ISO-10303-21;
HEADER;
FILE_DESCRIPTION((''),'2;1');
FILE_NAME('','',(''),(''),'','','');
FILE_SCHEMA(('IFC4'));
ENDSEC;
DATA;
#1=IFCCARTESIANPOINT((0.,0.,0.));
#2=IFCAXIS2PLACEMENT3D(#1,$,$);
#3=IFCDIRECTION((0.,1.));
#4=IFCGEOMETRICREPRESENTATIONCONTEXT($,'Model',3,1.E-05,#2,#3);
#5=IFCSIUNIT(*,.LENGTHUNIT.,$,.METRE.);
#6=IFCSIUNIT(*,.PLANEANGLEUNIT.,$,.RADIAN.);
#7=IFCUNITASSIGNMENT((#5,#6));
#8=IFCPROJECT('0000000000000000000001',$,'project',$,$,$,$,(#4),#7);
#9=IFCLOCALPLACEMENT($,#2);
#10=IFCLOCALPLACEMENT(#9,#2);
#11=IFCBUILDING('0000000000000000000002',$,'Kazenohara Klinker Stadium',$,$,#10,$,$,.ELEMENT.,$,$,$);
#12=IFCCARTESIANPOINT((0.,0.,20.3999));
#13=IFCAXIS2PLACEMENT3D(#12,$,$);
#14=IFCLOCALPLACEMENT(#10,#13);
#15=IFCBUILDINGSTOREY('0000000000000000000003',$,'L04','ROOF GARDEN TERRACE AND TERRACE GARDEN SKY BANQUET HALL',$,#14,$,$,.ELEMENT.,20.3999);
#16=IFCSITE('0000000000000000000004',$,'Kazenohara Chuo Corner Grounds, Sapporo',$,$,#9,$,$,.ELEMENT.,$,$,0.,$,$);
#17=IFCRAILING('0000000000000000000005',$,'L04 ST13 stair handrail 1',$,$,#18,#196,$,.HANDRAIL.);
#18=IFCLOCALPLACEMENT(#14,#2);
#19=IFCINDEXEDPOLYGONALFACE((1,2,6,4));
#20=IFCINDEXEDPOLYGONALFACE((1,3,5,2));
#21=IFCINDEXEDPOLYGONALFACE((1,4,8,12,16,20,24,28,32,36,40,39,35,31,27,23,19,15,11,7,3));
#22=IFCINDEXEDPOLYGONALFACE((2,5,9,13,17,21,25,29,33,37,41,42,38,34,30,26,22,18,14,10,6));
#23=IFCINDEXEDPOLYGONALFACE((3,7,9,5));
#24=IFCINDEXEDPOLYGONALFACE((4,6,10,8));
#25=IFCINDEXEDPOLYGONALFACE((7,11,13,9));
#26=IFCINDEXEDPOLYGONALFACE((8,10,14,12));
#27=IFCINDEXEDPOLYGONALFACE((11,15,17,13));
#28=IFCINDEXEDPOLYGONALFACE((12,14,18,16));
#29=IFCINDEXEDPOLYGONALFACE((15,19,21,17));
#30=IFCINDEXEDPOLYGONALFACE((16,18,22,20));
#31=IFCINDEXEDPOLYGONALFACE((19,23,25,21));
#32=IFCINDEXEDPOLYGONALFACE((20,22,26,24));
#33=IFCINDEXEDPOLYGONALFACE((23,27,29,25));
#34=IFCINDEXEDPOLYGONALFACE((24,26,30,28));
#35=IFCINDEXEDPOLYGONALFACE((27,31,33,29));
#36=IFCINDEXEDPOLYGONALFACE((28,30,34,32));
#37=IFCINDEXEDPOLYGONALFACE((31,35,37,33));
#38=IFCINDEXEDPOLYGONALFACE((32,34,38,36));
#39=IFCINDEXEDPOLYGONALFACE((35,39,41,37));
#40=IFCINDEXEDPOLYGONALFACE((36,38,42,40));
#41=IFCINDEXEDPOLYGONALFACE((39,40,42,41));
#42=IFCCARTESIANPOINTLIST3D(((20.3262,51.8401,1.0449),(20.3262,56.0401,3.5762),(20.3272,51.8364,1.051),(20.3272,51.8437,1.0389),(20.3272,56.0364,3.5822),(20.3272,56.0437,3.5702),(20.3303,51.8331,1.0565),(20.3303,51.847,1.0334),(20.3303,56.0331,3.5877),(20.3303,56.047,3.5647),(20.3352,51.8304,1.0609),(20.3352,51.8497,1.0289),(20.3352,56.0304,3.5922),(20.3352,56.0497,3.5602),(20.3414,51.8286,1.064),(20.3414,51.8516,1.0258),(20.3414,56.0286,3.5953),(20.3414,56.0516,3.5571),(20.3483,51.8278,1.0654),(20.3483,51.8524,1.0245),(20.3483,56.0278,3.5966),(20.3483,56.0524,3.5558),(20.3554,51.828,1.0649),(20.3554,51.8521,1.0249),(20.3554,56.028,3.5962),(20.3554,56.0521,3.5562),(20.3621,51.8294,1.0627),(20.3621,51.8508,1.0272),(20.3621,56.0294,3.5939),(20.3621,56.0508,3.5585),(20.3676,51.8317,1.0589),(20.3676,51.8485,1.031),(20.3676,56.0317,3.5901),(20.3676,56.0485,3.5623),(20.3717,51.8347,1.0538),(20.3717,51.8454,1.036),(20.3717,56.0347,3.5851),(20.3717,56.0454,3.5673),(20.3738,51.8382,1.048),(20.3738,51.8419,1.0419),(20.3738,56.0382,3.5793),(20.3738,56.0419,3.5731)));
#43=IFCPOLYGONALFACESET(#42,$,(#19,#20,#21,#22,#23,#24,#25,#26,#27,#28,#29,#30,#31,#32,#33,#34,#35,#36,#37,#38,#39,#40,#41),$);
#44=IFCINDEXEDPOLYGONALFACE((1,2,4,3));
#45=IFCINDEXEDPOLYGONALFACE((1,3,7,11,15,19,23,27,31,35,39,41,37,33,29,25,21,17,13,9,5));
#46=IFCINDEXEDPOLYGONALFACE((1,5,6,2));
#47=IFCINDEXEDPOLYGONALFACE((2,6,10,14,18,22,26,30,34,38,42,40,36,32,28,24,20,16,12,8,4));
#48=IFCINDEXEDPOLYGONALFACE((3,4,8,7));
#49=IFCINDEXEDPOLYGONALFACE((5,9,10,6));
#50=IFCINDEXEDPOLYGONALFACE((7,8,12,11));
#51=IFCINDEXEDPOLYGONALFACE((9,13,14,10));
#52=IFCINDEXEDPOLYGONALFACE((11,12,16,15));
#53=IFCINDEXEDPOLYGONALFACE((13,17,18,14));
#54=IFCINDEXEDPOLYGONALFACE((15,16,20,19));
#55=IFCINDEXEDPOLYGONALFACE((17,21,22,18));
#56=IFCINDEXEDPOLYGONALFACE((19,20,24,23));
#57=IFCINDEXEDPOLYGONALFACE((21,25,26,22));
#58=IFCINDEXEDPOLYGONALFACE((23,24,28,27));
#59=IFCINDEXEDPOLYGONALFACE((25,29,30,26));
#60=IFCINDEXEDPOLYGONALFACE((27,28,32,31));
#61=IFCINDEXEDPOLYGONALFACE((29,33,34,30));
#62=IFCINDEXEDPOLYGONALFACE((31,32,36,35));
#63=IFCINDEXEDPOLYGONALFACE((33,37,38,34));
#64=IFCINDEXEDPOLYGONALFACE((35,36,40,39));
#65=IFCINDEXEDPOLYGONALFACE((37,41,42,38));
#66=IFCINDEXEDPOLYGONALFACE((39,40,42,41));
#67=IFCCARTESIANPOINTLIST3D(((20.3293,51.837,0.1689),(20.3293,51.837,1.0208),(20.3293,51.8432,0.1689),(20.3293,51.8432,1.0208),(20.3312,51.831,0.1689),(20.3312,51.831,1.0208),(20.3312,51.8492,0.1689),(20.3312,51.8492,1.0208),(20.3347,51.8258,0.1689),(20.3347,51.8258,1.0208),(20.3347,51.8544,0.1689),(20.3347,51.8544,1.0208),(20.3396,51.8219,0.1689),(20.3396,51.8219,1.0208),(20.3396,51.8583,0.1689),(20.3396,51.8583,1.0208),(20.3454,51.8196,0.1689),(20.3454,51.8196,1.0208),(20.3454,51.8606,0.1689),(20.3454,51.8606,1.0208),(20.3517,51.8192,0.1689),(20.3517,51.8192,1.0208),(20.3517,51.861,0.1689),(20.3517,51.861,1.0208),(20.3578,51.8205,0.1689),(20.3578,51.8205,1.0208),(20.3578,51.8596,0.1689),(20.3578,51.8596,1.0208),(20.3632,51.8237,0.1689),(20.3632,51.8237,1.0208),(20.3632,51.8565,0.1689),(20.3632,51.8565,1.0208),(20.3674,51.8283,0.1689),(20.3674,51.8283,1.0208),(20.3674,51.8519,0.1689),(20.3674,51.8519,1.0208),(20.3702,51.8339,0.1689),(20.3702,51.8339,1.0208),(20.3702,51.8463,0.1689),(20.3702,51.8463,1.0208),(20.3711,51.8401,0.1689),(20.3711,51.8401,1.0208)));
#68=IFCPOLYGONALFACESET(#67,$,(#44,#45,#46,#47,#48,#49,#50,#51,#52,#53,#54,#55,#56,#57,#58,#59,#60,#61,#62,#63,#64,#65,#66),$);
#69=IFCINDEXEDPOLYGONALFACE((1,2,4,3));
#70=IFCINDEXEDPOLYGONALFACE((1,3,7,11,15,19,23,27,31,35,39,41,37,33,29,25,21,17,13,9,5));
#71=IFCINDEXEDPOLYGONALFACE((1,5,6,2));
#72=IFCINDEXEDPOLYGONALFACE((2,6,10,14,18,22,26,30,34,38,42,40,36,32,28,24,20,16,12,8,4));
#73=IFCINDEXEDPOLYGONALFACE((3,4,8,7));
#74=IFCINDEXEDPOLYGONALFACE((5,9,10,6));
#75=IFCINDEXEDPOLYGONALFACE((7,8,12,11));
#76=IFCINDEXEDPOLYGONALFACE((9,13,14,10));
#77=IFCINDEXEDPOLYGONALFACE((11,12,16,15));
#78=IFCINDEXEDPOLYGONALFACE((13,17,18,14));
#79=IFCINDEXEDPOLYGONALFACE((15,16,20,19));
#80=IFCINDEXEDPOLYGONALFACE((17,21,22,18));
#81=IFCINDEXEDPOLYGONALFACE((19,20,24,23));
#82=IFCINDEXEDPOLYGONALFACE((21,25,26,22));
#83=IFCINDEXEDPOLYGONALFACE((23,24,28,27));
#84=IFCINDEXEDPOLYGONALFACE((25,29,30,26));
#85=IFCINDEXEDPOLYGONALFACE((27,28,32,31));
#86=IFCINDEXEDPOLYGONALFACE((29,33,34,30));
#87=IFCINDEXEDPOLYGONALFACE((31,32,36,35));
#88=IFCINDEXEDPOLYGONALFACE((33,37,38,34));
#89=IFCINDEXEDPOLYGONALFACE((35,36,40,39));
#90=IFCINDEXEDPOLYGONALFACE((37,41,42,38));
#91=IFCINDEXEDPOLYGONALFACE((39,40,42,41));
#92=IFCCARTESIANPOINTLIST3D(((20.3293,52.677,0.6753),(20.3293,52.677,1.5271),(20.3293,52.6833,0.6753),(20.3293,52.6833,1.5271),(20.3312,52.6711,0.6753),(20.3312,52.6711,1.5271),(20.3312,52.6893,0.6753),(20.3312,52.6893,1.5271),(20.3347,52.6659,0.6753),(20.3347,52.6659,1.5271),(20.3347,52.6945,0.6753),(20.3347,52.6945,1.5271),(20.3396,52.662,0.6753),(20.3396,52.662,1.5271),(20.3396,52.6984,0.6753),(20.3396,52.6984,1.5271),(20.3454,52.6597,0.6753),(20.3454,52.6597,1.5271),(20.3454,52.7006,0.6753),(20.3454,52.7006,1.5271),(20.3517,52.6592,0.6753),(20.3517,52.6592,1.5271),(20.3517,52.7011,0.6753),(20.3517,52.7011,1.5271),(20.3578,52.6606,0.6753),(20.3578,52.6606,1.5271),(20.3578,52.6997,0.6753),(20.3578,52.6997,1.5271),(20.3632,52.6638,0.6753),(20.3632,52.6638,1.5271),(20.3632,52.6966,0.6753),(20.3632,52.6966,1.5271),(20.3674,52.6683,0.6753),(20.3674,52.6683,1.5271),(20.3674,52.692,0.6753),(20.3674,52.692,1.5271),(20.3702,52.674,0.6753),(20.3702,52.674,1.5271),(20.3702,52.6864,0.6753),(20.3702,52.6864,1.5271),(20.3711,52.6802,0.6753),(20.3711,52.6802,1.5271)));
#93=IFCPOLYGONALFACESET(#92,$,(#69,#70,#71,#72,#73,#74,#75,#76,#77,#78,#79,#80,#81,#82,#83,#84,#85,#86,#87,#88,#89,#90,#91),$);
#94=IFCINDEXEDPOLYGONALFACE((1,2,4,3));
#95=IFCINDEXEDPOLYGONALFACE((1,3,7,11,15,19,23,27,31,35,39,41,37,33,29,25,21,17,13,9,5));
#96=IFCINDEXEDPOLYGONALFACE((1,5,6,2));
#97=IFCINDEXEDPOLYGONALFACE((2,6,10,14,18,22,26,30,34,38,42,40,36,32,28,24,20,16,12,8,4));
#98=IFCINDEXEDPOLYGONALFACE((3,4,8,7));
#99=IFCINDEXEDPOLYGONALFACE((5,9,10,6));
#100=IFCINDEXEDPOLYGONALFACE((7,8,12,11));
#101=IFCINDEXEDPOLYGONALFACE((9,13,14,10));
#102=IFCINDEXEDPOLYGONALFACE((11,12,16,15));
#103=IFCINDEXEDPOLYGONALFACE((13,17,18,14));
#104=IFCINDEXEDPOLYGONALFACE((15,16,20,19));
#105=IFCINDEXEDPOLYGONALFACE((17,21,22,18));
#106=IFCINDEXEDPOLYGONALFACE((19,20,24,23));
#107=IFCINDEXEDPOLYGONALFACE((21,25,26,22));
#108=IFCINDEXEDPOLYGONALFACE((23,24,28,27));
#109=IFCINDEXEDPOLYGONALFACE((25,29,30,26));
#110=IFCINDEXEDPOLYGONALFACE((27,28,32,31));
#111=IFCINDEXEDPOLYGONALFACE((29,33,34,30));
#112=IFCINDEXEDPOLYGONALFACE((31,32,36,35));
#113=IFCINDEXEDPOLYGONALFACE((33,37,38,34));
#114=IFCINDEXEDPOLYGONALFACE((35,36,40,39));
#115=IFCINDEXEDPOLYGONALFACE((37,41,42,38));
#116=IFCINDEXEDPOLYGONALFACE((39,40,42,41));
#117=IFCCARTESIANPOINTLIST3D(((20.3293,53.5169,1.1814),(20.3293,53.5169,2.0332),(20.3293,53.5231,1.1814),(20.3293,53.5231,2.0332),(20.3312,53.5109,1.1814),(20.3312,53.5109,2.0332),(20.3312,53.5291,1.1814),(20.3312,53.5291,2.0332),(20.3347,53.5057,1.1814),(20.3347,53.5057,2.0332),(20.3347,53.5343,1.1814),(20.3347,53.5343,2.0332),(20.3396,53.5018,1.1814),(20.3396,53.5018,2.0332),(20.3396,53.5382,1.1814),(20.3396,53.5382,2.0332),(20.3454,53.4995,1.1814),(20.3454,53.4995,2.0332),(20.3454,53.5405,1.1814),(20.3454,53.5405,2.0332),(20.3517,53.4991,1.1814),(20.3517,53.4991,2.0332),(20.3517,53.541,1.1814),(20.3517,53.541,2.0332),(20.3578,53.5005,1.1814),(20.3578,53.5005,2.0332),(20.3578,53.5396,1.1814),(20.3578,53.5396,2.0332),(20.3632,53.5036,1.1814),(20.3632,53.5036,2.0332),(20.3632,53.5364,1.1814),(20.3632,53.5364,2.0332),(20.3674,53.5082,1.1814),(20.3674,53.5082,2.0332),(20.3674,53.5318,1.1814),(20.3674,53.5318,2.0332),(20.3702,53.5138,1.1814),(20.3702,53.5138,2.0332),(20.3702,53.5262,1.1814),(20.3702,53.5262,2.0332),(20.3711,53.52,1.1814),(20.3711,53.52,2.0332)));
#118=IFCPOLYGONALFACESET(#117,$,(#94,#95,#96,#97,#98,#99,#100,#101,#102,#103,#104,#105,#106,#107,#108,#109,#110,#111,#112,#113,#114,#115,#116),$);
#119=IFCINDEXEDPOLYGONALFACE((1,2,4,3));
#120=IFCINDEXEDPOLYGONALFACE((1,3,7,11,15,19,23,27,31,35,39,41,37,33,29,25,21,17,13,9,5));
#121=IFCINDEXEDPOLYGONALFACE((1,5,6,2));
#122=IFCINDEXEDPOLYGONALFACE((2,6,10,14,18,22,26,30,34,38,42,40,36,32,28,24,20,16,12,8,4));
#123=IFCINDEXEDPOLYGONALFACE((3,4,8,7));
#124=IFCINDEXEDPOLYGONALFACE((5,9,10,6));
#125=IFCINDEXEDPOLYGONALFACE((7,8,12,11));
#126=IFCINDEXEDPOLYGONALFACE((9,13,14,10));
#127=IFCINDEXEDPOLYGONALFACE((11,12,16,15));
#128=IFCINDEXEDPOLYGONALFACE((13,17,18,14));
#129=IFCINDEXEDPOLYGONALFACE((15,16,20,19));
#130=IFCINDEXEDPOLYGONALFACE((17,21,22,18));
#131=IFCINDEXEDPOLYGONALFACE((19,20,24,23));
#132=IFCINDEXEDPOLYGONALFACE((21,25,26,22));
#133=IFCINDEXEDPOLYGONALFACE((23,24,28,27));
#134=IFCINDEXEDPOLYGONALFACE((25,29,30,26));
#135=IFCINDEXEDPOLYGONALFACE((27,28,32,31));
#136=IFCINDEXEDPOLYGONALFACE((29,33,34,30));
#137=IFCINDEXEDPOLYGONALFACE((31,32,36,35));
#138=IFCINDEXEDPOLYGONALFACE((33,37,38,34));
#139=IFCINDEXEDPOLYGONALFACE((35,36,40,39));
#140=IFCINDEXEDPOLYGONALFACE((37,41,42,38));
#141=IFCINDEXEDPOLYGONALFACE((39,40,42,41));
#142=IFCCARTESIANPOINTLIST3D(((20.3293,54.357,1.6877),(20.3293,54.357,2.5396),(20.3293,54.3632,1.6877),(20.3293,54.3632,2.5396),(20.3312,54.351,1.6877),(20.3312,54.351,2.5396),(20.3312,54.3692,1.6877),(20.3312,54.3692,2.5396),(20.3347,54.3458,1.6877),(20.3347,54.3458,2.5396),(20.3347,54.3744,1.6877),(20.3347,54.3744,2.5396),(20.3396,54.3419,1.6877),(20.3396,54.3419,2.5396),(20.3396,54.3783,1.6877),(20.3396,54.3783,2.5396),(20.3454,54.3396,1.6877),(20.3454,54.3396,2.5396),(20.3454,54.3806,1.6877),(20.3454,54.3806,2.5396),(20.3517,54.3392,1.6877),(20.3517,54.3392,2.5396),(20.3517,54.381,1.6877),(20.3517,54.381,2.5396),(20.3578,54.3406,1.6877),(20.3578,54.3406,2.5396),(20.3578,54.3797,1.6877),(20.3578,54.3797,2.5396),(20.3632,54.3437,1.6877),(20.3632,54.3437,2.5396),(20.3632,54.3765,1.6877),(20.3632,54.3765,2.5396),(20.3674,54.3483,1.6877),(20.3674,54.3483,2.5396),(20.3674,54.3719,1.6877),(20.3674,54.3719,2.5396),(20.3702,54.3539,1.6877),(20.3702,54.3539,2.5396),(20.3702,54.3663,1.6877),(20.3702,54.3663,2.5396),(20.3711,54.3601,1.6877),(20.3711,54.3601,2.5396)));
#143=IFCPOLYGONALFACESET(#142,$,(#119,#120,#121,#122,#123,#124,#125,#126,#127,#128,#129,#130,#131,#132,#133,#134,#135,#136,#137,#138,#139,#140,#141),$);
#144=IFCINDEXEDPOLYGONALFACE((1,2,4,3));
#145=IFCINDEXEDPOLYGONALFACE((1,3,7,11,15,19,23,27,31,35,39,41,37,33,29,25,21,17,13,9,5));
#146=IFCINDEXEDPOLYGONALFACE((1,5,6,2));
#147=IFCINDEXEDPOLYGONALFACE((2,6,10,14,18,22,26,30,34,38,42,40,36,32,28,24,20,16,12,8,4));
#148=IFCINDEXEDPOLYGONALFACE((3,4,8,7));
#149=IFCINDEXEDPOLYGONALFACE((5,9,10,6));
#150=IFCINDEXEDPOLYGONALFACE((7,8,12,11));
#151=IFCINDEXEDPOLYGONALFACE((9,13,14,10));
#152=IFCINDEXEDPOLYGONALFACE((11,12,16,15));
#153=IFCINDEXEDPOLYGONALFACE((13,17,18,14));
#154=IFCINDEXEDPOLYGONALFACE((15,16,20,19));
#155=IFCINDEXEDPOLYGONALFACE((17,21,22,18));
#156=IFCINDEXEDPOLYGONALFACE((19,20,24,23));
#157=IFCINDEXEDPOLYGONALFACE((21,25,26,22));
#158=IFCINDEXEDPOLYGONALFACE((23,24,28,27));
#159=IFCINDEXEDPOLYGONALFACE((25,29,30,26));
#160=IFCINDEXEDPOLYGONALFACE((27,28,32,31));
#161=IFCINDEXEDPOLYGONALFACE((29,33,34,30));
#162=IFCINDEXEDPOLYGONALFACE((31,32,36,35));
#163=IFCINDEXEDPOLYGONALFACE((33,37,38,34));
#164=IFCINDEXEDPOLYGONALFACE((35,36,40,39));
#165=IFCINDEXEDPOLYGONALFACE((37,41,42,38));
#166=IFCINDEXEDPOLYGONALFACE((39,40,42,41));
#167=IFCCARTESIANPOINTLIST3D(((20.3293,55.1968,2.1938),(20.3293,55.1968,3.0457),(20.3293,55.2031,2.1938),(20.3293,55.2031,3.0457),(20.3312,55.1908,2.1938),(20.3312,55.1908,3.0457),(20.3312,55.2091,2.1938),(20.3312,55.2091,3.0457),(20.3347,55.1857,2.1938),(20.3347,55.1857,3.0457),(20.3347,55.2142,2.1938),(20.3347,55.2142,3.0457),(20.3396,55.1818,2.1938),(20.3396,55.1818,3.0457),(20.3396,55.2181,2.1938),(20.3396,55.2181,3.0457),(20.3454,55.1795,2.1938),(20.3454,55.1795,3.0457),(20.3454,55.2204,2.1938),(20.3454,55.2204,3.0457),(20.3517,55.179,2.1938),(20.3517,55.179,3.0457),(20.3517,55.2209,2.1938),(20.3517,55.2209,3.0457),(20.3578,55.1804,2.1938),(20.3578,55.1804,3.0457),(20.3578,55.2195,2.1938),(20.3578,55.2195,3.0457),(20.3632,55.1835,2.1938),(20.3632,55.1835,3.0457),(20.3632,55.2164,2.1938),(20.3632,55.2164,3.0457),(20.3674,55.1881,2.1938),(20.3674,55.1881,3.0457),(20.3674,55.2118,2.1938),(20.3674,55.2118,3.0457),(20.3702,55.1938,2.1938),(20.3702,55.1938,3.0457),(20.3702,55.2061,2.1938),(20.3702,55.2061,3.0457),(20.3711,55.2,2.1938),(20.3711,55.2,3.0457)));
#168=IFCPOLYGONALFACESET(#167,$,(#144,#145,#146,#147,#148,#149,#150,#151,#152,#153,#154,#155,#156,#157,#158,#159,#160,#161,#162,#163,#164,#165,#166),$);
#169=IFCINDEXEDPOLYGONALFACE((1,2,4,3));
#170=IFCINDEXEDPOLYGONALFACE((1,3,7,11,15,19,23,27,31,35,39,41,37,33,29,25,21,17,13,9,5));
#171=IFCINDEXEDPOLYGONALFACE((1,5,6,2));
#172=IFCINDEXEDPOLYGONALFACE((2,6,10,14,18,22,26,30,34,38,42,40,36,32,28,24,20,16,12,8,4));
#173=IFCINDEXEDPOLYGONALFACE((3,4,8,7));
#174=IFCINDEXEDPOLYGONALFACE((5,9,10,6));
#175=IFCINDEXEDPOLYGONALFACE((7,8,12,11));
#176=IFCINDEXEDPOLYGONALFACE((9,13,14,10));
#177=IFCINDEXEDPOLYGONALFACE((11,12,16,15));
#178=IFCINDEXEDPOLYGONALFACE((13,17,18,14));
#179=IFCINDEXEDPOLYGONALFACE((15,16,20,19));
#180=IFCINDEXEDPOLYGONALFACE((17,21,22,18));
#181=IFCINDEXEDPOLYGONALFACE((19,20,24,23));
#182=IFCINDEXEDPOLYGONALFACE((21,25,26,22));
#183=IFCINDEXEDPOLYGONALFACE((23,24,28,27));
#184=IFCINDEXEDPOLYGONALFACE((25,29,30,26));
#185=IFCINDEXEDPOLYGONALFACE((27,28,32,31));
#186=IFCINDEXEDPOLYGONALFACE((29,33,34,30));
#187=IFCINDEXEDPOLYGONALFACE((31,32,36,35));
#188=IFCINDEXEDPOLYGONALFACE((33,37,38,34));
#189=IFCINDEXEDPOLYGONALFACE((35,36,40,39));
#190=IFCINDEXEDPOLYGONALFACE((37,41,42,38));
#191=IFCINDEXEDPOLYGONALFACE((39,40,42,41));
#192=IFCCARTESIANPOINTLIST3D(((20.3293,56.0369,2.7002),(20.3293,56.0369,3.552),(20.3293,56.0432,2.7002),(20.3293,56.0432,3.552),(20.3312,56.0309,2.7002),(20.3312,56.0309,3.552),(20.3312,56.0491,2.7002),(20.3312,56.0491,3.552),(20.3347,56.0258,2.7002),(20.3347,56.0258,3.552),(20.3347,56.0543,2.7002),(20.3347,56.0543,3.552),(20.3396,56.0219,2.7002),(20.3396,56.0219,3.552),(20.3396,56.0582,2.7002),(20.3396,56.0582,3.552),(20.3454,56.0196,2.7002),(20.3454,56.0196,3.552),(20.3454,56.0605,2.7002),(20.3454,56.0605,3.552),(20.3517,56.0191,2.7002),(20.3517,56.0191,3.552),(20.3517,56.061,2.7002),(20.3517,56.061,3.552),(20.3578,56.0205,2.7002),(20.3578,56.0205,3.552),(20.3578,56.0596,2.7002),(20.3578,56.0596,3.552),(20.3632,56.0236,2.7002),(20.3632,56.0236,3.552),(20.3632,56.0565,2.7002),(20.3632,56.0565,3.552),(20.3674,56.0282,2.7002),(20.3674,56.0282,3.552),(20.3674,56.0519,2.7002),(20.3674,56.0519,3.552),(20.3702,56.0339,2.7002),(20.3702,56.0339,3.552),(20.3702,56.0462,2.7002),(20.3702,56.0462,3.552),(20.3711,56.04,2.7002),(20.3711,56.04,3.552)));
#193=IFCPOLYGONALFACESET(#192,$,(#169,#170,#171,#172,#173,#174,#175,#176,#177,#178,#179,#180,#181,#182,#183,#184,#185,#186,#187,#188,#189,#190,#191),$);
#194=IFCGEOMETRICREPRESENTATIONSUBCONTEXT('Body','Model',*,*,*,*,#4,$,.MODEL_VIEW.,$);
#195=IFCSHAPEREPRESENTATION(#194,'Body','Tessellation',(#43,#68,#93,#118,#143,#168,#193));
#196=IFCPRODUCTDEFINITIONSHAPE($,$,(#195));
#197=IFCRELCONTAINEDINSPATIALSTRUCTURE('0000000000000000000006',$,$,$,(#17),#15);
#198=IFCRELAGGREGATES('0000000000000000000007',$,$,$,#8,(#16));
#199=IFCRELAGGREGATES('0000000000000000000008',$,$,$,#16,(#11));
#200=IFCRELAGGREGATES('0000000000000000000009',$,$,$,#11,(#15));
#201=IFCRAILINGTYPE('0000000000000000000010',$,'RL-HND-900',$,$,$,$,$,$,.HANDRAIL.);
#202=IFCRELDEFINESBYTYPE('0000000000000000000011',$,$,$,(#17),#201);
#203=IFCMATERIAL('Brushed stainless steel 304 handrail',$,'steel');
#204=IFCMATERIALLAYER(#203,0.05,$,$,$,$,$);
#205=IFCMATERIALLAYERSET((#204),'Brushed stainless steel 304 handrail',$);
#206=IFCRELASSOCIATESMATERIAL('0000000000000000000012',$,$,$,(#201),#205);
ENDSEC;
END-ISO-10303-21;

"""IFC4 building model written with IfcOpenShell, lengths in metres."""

from ifc_helpers import new_model, si_unit, direction, frame, origin, origin_2d, place, context, subcontext, project, spatial, circle, extrude, material, layer, layer_set, type_object, element, save


model = new_model("IFC4")

# Units and contexts
model_context = context("Model", 3, precision=1e-05, world=origin(), true_north=direction((0.0, 1.0)))
body_context = subcontext(model_context, "Body", "Model", "MODEL_VIEW")
ifc_project = project(units=[si_unit("LENGTHUNIT", "METRE"), si_unit("PLANEANGLEUNIT", "RADIAN")], contexts=[model_context])

# Site, building, storey
site_placement = place(None, origin())
site = spatial("IfcSite", under=ifc_project, at=site_placement, Name="Kazenohara Chuo Corner Grounds, Sapporo", CompositionType="ELEMENT", RefElevation=0.0)
building_placement = place(site_placement, origin())
building = spatial("IfcBuilding", under=site, at=building_placement, Name="Kazenohara Klinker Stadium", CompositionType="ELEMENT")
storey_placement = place(building_placement, frame((0.0, 0.0, 20.3999)))
storey = spatial("IfcBuildingStorey", under=building, at=storey_placement, Name="L04", Description="ROOF GARDEN TERRACE AND TERRACE GARDEN SKY BANQUET HALL", CompositionType="ELEMENT", Elevation=20.3999)

# Railing
ifc_material_1 = material(Name="Brushed stainless steel 304 handrail", Category="steel")
ifc_layer_1 = layer(ifc_material_1, 0.05)
ifc_layer_set_1 = layer_set([ifc_layer_1], Name="Brushed stainless steel 304 handrail")
railing_type_1 = type_object("IfcRailingType", Name="RL-HND-900", PredefinedType="HANDRAIL", material=ifc_layer_set_1)
railing_1_placement = place(storey_placement, frame((20.3501, 51.8401, 0.1689)))
element("IfcRailing", 1, at=railing_1_placement, inside=storey, type_object=railing_type_1, Name="L04 ST13 stair handrail 1", PredefinedType="HANDRAIL", context=body_context, shape_type="SweptSolid", body=[
    extrude(circle(Radius=0.0239, at=origin_2d()), frame((0.0, 0.0, 0.876), z_axis=(0.0, 0.856476, 0.516186), x_axis=(-1.0, 0.0, 0.0)), (0.0, 0.0, 1.0), 4.9038),
    extrude(circle(Radius=0.021, at=origin_2d()), origin(), (0.0, 0.0, 1.0), 0.8518),
    extrude(circle(Radius=0.021, at=origin_2d()), frame((0.0, 0.8401, 0.5063)), (0.0, 0.0, 1.0), 0.8518),
    extrude(circle(Radius=0.021, at=origin_2d()), frame((0.0, 1.6799, 1.0125)), (0.0, 0.0, 1.0), 0.8518),
    extrude(circle(Radius=0.021, at=origin_2d()), frame((0.0, 2.52, 1.5188)), (0.0, 0.0, 1.0), 0.8518),
    extrude(circle(Radius=0.021, at=origin_2d()), frame((0.0, 3.3599, 2.0249)), (0.0, 0.0, 1.0), 0.8518),
    extrude(circle(Radius=0.021, at=origin_2d()), frame((0.0, 4.2, 2.5312)), (0.0, 0.0, 1.0), 0.8518),
])

save(model, "model.ifc")
